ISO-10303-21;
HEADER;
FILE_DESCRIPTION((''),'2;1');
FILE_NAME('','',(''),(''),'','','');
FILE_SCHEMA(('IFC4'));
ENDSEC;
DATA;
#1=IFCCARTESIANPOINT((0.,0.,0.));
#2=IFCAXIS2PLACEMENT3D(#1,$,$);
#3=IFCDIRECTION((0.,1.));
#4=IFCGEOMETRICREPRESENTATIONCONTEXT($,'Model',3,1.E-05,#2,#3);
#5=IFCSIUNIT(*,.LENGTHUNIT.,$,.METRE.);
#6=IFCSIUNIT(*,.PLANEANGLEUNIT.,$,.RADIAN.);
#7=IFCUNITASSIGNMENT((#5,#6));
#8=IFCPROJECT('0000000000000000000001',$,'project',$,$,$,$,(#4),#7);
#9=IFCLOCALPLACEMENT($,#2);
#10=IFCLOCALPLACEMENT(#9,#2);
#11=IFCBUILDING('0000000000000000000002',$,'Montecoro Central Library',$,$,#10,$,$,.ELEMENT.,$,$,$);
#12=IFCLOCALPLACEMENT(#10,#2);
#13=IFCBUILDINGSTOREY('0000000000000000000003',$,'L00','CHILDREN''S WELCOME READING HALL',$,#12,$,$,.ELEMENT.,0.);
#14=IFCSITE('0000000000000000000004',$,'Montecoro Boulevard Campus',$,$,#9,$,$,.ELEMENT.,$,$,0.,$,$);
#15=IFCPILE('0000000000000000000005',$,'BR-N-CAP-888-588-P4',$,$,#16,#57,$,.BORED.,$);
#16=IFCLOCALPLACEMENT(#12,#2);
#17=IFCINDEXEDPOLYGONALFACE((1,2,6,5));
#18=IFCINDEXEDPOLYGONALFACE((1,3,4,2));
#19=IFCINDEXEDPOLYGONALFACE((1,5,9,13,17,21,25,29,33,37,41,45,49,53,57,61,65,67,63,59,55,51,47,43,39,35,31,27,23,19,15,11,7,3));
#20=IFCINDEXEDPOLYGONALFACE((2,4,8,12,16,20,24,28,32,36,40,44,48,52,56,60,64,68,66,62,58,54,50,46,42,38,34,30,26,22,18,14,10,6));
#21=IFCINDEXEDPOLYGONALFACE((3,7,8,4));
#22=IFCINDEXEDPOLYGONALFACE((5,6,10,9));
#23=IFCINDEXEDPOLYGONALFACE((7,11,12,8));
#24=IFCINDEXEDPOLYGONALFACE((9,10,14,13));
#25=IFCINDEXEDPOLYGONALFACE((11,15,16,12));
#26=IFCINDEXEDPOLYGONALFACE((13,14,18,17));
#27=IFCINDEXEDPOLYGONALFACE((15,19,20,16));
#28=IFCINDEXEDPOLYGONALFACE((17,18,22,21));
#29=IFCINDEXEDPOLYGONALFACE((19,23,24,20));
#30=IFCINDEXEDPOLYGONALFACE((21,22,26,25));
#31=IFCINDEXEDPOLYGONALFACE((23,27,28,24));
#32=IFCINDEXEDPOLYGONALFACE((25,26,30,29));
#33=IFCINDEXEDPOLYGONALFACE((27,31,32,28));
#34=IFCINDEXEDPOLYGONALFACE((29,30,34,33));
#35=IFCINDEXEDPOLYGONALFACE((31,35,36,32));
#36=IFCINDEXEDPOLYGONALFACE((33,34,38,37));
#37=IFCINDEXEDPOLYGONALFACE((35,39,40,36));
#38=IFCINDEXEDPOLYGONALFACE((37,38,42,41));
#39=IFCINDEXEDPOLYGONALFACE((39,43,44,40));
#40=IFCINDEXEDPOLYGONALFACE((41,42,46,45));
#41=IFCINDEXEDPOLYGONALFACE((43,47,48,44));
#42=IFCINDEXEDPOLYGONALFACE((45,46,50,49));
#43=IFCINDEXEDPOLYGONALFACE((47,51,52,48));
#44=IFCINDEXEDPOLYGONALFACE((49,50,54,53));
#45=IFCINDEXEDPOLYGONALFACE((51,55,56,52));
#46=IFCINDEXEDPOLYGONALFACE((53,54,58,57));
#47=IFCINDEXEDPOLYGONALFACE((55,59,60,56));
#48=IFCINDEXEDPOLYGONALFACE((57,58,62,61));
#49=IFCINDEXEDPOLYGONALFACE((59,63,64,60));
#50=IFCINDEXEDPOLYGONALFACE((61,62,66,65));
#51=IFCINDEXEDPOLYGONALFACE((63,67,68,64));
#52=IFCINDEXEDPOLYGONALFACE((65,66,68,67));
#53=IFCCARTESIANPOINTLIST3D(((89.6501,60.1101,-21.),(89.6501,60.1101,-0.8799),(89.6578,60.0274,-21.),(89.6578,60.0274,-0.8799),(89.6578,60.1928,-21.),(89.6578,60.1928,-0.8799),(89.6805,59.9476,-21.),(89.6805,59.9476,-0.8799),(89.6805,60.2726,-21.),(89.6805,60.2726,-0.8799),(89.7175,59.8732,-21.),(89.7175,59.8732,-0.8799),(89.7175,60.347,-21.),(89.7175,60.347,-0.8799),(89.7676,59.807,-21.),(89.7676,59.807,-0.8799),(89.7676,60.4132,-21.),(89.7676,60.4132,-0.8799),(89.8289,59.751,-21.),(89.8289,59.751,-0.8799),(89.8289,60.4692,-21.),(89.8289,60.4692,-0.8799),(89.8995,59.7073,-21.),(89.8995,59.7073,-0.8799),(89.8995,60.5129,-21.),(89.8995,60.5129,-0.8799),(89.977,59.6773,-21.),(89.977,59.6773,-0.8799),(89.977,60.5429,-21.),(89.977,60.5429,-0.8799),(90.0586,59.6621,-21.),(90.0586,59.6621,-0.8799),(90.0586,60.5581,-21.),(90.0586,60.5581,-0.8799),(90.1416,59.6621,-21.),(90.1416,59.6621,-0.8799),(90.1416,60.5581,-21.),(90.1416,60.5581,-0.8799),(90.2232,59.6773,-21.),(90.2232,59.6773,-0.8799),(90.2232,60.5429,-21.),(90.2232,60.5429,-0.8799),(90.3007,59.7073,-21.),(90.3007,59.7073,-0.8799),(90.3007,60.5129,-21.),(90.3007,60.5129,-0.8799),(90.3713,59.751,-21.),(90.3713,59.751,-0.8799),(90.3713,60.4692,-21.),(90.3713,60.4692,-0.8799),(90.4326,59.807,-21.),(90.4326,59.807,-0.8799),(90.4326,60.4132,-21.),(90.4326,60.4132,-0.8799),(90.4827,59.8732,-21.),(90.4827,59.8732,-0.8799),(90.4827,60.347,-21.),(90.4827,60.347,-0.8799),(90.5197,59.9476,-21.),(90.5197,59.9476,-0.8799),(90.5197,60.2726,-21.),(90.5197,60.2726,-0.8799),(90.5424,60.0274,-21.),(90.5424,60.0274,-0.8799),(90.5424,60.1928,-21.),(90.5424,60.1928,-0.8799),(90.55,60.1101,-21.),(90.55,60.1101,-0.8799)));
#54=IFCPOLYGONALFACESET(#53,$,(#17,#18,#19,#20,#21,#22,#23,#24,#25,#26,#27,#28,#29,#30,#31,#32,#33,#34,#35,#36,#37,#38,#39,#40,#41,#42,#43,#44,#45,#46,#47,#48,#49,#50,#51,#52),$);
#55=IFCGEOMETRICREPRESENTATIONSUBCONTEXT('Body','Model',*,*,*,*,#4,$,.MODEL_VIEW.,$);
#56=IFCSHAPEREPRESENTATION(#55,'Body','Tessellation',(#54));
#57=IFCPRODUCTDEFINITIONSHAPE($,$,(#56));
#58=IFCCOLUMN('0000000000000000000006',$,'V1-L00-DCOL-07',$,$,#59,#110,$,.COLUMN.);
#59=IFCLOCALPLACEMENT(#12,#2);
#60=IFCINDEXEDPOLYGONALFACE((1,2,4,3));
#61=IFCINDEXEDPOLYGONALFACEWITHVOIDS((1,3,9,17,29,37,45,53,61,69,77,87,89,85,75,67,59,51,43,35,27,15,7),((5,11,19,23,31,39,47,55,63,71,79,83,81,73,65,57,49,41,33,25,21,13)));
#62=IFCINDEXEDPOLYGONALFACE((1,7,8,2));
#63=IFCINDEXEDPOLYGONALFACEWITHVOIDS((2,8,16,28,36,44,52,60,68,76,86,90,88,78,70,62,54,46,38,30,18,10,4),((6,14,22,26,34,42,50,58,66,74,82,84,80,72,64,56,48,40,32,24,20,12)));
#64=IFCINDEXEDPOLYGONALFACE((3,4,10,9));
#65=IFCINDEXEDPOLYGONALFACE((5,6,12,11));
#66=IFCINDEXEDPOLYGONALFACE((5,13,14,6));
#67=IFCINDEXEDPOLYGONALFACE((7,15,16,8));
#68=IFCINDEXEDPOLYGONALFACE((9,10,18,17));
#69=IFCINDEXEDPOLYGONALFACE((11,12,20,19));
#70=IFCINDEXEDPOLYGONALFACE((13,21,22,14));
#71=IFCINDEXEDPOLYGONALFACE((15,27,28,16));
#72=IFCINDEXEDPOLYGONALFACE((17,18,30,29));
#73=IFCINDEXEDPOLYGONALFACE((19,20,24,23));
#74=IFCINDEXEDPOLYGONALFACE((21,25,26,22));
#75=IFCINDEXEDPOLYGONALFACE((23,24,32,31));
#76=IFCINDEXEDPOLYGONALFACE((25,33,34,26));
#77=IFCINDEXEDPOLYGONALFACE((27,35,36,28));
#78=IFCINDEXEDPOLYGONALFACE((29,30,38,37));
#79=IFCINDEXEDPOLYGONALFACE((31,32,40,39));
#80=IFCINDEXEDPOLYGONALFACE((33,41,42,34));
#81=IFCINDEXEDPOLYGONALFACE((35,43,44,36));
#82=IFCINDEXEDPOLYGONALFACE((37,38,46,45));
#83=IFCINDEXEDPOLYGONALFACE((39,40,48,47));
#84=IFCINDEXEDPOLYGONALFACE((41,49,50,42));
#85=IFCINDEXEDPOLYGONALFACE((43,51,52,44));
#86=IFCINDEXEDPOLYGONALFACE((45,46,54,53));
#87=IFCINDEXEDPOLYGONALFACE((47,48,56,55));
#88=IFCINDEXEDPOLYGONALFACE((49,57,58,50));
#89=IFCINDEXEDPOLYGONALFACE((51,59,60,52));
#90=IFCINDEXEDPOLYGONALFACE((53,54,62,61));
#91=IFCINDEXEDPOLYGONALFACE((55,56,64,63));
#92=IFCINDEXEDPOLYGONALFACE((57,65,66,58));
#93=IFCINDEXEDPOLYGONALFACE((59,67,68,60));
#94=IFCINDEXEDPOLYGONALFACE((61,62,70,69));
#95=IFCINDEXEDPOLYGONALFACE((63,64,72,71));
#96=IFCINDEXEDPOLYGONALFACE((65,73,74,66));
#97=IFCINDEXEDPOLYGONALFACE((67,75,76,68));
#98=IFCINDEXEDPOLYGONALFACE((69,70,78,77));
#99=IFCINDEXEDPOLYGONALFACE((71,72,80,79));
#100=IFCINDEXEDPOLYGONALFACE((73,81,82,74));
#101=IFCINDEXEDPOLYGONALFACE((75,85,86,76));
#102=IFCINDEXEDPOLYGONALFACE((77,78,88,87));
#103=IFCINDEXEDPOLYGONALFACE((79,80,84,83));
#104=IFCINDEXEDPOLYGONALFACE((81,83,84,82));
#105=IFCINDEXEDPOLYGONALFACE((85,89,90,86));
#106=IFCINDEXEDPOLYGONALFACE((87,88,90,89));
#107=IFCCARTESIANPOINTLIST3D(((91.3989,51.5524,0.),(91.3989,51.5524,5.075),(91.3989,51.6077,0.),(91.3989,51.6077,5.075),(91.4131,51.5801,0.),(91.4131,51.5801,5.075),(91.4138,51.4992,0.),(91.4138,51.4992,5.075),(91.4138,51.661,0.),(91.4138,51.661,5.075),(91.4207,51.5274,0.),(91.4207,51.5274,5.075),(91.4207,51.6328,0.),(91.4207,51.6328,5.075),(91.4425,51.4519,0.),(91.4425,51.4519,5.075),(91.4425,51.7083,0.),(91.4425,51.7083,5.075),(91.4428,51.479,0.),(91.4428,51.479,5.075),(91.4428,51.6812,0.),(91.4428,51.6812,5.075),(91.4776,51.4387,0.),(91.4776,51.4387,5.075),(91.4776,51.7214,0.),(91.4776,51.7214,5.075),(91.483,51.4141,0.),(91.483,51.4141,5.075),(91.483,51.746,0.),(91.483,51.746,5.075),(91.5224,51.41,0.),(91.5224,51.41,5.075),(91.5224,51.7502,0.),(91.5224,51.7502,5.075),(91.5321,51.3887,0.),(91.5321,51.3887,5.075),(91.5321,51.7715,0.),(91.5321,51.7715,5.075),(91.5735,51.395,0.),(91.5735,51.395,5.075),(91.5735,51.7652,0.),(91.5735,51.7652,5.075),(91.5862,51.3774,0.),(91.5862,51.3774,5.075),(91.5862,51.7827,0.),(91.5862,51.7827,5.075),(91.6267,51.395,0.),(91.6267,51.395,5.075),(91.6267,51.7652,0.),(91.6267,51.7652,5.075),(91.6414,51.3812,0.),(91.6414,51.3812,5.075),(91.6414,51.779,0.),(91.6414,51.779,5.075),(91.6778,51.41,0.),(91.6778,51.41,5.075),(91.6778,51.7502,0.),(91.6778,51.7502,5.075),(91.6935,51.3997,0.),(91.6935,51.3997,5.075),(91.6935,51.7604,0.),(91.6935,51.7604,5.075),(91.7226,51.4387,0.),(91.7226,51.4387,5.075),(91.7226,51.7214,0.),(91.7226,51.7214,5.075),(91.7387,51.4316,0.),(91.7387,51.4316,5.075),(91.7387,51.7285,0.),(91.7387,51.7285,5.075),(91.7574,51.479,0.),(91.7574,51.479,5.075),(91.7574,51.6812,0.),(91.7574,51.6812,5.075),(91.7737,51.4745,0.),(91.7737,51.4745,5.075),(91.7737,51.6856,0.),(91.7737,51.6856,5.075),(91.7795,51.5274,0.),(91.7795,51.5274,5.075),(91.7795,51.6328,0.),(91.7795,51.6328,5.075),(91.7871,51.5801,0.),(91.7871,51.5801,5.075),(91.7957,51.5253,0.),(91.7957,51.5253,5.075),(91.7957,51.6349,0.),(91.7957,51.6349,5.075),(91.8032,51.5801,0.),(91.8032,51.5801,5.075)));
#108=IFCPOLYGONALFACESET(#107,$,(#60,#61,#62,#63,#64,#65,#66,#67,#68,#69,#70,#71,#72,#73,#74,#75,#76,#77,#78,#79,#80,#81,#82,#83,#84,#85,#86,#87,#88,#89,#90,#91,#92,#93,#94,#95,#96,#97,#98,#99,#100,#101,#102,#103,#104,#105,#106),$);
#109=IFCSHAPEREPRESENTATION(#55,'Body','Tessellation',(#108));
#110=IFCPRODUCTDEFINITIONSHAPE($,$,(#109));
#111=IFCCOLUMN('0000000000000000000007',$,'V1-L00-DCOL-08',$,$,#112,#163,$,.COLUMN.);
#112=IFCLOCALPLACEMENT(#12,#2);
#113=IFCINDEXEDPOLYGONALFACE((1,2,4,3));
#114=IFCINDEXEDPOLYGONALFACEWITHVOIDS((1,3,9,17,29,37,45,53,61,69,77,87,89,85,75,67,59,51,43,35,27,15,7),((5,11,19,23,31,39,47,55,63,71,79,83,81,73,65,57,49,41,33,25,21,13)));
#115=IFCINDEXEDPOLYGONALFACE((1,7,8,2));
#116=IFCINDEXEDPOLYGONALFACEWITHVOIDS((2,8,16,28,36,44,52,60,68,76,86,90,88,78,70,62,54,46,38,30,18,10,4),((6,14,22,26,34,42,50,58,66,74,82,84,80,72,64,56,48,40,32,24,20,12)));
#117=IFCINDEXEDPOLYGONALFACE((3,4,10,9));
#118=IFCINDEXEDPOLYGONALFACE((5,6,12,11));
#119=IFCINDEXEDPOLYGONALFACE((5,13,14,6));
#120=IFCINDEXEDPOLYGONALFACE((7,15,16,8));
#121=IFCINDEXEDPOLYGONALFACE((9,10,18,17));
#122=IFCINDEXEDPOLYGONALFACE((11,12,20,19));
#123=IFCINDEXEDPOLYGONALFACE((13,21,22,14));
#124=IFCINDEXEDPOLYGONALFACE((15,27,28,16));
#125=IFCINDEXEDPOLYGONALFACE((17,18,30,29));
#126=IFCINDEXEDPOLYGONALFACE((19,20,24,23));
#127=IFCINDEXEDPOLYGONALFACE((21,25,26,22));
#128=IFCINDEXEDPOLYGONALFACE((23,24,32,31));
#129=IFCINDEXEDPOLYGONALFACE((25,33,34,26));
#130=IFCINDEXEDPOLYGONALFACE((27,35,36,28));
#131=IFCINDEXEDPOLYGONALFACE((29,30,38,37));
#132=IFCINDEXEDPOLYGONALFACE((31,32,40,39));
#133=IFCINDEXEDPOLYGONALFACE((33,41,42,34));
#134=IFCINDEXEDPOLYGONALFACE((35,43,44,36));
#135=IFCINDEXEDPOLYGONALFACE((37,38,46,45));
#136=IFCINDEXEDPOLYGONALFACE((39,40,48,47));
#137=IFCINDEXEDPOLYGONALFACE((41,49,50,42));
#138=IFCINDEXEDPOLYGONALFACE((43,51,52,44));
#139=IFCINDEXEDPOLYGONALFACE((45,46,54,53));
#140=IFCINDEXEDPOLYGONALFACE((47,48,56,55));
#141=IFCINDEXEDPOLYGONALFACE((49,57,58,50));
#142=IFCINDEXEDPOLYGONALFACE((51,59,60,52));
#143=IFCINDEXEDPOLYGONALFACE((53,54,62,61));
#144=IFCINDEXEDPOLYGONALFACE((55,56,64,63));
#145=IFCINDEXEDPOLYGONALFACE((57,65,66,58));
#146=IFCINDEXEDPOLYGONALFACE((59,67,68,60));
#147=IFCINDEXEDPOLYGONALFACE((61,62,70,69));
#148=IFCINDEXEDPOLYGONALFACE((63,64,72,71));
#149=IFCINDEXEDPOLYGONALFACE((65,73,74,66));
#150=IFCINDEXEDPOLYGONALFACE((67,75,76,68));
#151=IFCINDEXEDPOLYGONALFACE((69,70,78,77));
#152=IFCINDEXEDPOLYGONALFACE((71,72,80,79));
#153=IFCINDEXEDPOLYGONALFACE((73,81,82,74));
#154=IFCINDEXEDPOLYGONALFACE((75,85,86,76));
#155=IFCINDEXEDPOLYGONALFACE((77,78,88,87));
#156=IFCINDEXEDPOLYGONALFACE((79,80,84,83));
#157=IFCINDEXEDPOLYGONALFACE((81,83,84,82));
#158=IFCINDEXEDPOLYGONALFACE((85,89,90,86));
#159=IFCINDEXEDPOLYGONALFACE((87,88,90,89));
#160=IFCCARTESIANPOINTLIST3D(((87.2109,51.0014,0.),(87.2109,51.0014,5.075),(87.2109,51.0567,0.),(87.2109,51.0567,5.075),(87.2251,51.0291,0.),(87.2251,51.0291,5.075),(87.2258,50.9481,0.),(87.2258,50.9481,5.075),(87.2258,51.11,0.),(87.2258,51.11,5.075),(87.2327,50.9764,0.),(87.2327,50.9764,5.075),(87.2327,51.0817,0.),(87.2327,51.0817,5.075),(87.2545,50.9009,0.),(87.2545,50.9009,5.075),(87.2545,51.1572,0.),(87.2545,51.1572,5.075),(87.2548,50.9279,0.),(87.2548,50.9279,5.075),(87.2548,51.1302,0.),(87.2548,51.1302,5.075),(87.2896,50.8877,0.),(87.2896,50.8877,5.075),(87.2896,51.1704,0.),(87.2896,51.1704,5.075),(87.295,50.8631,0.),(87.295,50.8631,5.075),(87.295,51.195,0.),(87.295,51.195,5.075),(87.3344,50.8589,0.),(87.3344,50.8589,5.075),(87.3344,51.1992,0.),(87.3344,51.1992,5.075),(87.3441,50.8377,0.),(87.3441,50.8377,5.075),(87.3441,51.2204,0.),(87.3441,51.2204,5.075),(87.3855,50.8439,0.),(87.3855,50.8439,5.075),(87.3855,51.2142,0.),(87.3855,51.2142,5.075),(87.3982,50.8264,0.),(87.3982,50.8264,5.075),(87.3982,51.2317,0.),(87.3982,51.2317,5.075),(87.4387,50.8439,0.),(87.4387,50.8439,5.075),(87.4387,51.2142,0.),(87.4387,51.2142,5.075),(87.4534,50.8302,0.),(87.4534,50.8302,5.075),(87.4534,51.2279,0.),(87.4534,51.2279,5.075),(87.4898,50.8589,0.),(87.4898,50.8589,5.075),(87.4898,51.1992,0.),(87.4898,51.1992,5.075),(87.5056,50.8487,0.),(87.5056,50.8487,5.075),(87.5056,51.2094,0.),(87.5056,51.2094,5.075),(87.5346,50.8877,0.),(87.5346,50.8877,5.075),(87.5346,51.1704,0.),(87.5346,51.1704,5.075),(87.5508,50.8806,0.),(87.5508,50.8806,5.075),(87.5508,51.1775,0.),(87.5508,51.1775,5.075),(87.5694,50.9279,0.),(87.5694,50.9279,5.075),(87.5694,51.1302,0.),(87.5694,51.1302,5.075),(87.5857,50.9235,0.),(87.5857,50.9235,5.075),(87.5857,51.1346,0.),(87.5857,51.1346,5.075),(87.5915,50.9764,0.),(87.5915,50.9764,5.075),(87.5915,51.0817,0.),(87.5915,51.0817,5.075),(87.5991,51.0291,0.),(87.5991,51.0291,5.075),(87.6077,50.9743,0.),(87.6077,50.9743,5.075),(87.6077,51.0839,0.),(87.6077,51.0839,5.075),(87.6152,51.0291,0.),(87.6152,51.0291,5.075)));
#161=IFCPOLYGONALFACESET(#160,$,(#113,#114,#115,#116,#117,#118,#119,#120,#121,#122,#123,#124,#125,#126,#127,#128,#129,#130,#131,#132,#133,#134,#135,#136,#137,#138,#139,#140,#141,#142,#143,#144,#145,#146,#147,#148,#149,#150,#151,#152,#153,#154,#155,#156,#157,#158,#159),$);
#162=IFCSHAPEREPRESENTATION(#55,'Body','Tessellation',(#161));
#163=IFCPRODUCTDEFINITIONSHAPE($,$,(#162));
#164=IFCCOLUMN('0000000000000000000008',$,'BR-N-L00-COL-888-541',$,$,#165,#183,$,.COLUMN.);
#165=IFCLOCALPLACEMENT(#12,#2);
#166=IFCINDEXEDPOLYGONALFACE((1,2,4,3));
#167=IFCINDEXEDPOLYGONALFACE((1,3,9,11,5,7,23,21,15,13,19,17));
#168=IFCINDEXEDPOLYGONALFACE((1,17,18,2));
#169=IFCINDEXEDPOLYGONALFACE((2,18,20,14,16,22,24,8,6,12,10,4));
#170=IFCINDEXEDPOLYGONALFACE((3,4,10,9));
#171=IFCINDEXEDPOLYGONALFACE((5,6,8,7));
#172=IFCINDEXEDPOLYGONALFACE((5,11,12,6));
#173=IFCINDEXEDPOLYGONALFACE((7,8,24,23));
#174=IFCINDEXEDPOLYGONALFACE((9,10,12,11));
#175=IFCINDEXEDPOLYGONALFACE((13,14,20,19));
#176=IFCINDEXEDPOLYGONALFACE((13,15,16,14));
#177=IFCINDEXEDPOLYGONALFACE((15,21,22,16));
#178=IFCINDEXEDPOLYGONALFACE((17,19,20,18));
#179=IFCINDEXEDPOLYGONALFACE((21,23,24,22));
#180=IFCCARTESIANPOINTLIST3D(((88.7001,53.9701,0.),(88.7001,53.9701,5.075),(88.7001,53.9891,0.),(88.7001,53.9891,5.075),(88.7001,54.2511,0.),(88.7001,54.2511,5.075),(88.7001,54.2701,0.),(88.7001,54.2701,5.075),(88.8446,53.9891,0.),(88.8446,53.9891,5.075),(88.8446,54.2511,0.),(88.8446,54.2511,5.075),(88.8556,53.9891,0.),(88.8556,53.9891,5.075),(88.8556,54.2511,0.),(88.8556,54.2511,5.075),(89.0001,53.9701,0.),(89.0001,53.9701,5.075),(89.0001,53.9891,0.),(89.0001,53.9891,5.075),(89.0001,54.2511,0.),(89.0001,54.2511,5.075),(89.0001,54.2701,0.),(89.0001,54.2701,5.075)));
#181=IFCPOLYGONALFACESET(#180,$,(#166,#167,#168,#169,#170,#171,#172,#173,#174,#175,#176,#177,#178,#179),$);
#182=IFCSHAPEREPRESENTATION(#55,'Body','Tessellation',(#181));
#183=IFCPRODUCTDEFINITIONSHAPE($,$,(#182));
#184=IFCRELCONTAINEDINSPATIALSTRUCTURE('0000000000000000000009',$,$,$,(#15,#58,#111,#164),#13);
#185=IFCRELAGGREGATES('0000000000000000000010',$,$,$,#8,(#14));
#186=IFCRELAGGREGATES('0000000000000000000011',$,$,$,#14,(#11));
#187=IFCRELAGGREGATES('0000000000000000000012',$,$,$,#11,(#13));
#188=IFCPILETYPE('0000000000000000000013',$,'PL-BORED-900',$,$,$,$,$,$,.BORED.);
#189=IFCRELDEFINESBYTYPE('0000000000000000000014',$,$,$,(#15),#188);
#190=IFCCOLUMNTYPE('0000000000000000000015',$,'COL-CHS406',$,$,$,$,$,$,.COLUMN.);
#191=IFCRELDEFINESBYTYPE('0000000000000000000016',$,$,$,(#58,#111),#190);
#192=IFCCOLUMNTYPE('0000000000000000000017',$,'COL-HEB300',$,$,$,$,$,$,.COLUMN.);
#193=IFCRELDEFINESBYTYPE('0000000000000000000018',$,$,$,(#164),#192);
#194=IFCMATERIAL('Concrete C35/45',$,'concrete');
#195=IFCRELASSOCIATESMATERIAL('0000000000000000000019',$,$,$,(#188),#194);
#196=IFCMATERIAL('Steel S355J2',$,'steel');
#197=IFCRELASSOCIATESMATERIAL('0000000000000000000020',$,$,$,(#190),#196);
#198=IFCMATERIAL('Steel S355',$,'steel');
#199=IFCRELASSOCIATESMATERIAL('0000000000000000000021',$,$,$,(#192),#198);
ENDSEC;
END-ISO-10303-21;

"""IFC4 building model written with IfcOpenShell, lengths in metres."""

from ifc_helpers import new_model, si_unit, direction, frame, origin, origin_2d, place, context, subcontext, project, spatial, circle, hollow_circle, i_section, extrude, material, material_profile, profile_set, type_object, element, save


model = new_model("IFC4")

# Units and contexts
model_context = context("Model", 3, precision=1e-05, world=origin(), true_north=direction((0.0, 1.0)))
body_context = subcontext(model_context, "Body", "Model", "MODEL_VIEW")
ifc_project = project(units=[si_unit("LENGTHUNIT", "METRE"), si_unit("PLANEANGLEUNIT", "RADIAN")], contexts=[model_context])

# Site, building, storey
site_placement = place(None, origin())
site = spatial("IfcSite", under=ifc_project, at=site_placement, Name="Montecoro Boulevard Campus", CompositionType="ELEMENT", RefElevation=0.0)
building_placement = place(site_placement, origin())
building = spatial("IfcBuilding", under=site, at=building_placement, Name="Montecoro Central Library", CompositionType="ELEMENT")
storey_placement = place(building_placement, origin())
storey = spatial("IfcBuildingStorey", under=building, at=storey_placement, Name="L00", Description="CHILDREN'S WELCOME READING HALL", CompositionType="ELEMENT", Elevation=0.0)

# Shared definitions
ifc_material_1 = material(Name="Concrete C35/45", Category="concrete")

# Pile
ifc_material_profile_1 = material_profile(ifc_material_1, circle(Radius=0.45, at=origin_2d()), Name="PILE D900")
ifc_profile_set_1 = profile_set([ifc_material_profile_1], Name="Concrete C35/45")
pile_type = type_object("IfcPileType", Name="PL-BORED-900", PredefinedType="BORED", material=ifc_profile_set_1)
for number, where, z_axis, x_axis, name in (
    (1, (90.1001, 60.1101, -0.8799), (0.0, 0.0, -1.0), (1.0, 0.0, 0.0), "BR-N-CAP-888-588-P4"),
):
    element("IfcPile", number, at=place(storey_placement, frame(where, z_axis=z_axis, x_axis=x_axis)), inside=storey, type_object=pile_type, Name=name, PredefinedType="BORED", context=body_context, shape_type="SweptSolid", body=[
        extrude(circle(Radius=0.45, at=origin_2d()), origin(), (0.0, 0.0, 1.0), 20.1201),
    ])

# Columns
ifc_material_2 = material(Name="Steel S355J2", Category="steel")
ifc_material_profile_2 = material_profile(ifc_material_2, hollow_circle(Radius=0.2031, WallThickness=0.0161, at=origin_2d()), Name="CHS 406.4x16.0")
ifc_profile_set_2 = profile_set([ifc_material_profile_2], Name="Steel S355J2")
column_type_1 = type_object("IfcColumnType", Name="COL-CHS406", PredefinedType="COLUMN", material=ifc_profile_set_2)
for number, where, z_axis, x_axis, name in (
    (2, (91.6001, 51.5801, 0.0), (0.0, 0.0, 1.0), (1.0, 0.0, 0.0), "V1-L00-DCOL-07"),
    (3, (87.4121, 51.0291, 0.0), (0.0, 0.0, 1.0), (1.0, 0.0, 0.0), "V1-L00-DCOL-08"),
):
    element("IfcColumn", number, at=place(storey_placement, frame(where, z_axis=z_axis, x_axis=x_axis)), inside=storey, type_object=column_type_1, Name=name, PredefinedType="COLUMN", context=body_context, shape_type="SweptSolid", body=[
        extrude(hollow_circle(Radius=0.2031, WallThickness=0.0161, at=origin_2d()), origin(), (0.0, 0.0, 1.0), 5.075),
    ])
ifc_material_3 = material(Name="Steel S355", Category="steel")
ifc_material_profile_3 = material_profile(ifc_material_3, i_section(OverallWidth=0.3, OverallDepth=0.3, WebThickness=0.011, FlangeThickness=0.019, at=origin_2d()), Name="HEB 300")
ifc_profile_set_3 = profile_set([ifc_material_profile_3], Name="Steel S355")
column_type_2 = type_object("IfcColumnType", Name="COL-HEB300", PredefinedType="COLUMN", material=ifc_profile_set_3)
for number, where, z_axis, x_axis, name in (
    (4, (88.8501, 54.1201, 0.0), (0.0, 0.0, 1.0), (1.0, 0.0, 0.0), "BR-N-L00-COL-888-541"),
):
    element("IfcColumn", number, at=place(storey_placement, frame(where, z_axis=z_axis, x_axis=x_axis)), inside=storey, type_object=column_type_2, Name=name, PredefinedType="COLUMN", context=body_context, shape_type="SweptSolid", body=[
        extrude(i_section(OverallWidth=0.3, OverallDepth=0.3, WebThickness=0.011, FlangeThickness=0.019, at=origin_2d()), origin(), (0.0, 0.0, 1.0), 5.075),
    ])

save(model, "model.ifc")
